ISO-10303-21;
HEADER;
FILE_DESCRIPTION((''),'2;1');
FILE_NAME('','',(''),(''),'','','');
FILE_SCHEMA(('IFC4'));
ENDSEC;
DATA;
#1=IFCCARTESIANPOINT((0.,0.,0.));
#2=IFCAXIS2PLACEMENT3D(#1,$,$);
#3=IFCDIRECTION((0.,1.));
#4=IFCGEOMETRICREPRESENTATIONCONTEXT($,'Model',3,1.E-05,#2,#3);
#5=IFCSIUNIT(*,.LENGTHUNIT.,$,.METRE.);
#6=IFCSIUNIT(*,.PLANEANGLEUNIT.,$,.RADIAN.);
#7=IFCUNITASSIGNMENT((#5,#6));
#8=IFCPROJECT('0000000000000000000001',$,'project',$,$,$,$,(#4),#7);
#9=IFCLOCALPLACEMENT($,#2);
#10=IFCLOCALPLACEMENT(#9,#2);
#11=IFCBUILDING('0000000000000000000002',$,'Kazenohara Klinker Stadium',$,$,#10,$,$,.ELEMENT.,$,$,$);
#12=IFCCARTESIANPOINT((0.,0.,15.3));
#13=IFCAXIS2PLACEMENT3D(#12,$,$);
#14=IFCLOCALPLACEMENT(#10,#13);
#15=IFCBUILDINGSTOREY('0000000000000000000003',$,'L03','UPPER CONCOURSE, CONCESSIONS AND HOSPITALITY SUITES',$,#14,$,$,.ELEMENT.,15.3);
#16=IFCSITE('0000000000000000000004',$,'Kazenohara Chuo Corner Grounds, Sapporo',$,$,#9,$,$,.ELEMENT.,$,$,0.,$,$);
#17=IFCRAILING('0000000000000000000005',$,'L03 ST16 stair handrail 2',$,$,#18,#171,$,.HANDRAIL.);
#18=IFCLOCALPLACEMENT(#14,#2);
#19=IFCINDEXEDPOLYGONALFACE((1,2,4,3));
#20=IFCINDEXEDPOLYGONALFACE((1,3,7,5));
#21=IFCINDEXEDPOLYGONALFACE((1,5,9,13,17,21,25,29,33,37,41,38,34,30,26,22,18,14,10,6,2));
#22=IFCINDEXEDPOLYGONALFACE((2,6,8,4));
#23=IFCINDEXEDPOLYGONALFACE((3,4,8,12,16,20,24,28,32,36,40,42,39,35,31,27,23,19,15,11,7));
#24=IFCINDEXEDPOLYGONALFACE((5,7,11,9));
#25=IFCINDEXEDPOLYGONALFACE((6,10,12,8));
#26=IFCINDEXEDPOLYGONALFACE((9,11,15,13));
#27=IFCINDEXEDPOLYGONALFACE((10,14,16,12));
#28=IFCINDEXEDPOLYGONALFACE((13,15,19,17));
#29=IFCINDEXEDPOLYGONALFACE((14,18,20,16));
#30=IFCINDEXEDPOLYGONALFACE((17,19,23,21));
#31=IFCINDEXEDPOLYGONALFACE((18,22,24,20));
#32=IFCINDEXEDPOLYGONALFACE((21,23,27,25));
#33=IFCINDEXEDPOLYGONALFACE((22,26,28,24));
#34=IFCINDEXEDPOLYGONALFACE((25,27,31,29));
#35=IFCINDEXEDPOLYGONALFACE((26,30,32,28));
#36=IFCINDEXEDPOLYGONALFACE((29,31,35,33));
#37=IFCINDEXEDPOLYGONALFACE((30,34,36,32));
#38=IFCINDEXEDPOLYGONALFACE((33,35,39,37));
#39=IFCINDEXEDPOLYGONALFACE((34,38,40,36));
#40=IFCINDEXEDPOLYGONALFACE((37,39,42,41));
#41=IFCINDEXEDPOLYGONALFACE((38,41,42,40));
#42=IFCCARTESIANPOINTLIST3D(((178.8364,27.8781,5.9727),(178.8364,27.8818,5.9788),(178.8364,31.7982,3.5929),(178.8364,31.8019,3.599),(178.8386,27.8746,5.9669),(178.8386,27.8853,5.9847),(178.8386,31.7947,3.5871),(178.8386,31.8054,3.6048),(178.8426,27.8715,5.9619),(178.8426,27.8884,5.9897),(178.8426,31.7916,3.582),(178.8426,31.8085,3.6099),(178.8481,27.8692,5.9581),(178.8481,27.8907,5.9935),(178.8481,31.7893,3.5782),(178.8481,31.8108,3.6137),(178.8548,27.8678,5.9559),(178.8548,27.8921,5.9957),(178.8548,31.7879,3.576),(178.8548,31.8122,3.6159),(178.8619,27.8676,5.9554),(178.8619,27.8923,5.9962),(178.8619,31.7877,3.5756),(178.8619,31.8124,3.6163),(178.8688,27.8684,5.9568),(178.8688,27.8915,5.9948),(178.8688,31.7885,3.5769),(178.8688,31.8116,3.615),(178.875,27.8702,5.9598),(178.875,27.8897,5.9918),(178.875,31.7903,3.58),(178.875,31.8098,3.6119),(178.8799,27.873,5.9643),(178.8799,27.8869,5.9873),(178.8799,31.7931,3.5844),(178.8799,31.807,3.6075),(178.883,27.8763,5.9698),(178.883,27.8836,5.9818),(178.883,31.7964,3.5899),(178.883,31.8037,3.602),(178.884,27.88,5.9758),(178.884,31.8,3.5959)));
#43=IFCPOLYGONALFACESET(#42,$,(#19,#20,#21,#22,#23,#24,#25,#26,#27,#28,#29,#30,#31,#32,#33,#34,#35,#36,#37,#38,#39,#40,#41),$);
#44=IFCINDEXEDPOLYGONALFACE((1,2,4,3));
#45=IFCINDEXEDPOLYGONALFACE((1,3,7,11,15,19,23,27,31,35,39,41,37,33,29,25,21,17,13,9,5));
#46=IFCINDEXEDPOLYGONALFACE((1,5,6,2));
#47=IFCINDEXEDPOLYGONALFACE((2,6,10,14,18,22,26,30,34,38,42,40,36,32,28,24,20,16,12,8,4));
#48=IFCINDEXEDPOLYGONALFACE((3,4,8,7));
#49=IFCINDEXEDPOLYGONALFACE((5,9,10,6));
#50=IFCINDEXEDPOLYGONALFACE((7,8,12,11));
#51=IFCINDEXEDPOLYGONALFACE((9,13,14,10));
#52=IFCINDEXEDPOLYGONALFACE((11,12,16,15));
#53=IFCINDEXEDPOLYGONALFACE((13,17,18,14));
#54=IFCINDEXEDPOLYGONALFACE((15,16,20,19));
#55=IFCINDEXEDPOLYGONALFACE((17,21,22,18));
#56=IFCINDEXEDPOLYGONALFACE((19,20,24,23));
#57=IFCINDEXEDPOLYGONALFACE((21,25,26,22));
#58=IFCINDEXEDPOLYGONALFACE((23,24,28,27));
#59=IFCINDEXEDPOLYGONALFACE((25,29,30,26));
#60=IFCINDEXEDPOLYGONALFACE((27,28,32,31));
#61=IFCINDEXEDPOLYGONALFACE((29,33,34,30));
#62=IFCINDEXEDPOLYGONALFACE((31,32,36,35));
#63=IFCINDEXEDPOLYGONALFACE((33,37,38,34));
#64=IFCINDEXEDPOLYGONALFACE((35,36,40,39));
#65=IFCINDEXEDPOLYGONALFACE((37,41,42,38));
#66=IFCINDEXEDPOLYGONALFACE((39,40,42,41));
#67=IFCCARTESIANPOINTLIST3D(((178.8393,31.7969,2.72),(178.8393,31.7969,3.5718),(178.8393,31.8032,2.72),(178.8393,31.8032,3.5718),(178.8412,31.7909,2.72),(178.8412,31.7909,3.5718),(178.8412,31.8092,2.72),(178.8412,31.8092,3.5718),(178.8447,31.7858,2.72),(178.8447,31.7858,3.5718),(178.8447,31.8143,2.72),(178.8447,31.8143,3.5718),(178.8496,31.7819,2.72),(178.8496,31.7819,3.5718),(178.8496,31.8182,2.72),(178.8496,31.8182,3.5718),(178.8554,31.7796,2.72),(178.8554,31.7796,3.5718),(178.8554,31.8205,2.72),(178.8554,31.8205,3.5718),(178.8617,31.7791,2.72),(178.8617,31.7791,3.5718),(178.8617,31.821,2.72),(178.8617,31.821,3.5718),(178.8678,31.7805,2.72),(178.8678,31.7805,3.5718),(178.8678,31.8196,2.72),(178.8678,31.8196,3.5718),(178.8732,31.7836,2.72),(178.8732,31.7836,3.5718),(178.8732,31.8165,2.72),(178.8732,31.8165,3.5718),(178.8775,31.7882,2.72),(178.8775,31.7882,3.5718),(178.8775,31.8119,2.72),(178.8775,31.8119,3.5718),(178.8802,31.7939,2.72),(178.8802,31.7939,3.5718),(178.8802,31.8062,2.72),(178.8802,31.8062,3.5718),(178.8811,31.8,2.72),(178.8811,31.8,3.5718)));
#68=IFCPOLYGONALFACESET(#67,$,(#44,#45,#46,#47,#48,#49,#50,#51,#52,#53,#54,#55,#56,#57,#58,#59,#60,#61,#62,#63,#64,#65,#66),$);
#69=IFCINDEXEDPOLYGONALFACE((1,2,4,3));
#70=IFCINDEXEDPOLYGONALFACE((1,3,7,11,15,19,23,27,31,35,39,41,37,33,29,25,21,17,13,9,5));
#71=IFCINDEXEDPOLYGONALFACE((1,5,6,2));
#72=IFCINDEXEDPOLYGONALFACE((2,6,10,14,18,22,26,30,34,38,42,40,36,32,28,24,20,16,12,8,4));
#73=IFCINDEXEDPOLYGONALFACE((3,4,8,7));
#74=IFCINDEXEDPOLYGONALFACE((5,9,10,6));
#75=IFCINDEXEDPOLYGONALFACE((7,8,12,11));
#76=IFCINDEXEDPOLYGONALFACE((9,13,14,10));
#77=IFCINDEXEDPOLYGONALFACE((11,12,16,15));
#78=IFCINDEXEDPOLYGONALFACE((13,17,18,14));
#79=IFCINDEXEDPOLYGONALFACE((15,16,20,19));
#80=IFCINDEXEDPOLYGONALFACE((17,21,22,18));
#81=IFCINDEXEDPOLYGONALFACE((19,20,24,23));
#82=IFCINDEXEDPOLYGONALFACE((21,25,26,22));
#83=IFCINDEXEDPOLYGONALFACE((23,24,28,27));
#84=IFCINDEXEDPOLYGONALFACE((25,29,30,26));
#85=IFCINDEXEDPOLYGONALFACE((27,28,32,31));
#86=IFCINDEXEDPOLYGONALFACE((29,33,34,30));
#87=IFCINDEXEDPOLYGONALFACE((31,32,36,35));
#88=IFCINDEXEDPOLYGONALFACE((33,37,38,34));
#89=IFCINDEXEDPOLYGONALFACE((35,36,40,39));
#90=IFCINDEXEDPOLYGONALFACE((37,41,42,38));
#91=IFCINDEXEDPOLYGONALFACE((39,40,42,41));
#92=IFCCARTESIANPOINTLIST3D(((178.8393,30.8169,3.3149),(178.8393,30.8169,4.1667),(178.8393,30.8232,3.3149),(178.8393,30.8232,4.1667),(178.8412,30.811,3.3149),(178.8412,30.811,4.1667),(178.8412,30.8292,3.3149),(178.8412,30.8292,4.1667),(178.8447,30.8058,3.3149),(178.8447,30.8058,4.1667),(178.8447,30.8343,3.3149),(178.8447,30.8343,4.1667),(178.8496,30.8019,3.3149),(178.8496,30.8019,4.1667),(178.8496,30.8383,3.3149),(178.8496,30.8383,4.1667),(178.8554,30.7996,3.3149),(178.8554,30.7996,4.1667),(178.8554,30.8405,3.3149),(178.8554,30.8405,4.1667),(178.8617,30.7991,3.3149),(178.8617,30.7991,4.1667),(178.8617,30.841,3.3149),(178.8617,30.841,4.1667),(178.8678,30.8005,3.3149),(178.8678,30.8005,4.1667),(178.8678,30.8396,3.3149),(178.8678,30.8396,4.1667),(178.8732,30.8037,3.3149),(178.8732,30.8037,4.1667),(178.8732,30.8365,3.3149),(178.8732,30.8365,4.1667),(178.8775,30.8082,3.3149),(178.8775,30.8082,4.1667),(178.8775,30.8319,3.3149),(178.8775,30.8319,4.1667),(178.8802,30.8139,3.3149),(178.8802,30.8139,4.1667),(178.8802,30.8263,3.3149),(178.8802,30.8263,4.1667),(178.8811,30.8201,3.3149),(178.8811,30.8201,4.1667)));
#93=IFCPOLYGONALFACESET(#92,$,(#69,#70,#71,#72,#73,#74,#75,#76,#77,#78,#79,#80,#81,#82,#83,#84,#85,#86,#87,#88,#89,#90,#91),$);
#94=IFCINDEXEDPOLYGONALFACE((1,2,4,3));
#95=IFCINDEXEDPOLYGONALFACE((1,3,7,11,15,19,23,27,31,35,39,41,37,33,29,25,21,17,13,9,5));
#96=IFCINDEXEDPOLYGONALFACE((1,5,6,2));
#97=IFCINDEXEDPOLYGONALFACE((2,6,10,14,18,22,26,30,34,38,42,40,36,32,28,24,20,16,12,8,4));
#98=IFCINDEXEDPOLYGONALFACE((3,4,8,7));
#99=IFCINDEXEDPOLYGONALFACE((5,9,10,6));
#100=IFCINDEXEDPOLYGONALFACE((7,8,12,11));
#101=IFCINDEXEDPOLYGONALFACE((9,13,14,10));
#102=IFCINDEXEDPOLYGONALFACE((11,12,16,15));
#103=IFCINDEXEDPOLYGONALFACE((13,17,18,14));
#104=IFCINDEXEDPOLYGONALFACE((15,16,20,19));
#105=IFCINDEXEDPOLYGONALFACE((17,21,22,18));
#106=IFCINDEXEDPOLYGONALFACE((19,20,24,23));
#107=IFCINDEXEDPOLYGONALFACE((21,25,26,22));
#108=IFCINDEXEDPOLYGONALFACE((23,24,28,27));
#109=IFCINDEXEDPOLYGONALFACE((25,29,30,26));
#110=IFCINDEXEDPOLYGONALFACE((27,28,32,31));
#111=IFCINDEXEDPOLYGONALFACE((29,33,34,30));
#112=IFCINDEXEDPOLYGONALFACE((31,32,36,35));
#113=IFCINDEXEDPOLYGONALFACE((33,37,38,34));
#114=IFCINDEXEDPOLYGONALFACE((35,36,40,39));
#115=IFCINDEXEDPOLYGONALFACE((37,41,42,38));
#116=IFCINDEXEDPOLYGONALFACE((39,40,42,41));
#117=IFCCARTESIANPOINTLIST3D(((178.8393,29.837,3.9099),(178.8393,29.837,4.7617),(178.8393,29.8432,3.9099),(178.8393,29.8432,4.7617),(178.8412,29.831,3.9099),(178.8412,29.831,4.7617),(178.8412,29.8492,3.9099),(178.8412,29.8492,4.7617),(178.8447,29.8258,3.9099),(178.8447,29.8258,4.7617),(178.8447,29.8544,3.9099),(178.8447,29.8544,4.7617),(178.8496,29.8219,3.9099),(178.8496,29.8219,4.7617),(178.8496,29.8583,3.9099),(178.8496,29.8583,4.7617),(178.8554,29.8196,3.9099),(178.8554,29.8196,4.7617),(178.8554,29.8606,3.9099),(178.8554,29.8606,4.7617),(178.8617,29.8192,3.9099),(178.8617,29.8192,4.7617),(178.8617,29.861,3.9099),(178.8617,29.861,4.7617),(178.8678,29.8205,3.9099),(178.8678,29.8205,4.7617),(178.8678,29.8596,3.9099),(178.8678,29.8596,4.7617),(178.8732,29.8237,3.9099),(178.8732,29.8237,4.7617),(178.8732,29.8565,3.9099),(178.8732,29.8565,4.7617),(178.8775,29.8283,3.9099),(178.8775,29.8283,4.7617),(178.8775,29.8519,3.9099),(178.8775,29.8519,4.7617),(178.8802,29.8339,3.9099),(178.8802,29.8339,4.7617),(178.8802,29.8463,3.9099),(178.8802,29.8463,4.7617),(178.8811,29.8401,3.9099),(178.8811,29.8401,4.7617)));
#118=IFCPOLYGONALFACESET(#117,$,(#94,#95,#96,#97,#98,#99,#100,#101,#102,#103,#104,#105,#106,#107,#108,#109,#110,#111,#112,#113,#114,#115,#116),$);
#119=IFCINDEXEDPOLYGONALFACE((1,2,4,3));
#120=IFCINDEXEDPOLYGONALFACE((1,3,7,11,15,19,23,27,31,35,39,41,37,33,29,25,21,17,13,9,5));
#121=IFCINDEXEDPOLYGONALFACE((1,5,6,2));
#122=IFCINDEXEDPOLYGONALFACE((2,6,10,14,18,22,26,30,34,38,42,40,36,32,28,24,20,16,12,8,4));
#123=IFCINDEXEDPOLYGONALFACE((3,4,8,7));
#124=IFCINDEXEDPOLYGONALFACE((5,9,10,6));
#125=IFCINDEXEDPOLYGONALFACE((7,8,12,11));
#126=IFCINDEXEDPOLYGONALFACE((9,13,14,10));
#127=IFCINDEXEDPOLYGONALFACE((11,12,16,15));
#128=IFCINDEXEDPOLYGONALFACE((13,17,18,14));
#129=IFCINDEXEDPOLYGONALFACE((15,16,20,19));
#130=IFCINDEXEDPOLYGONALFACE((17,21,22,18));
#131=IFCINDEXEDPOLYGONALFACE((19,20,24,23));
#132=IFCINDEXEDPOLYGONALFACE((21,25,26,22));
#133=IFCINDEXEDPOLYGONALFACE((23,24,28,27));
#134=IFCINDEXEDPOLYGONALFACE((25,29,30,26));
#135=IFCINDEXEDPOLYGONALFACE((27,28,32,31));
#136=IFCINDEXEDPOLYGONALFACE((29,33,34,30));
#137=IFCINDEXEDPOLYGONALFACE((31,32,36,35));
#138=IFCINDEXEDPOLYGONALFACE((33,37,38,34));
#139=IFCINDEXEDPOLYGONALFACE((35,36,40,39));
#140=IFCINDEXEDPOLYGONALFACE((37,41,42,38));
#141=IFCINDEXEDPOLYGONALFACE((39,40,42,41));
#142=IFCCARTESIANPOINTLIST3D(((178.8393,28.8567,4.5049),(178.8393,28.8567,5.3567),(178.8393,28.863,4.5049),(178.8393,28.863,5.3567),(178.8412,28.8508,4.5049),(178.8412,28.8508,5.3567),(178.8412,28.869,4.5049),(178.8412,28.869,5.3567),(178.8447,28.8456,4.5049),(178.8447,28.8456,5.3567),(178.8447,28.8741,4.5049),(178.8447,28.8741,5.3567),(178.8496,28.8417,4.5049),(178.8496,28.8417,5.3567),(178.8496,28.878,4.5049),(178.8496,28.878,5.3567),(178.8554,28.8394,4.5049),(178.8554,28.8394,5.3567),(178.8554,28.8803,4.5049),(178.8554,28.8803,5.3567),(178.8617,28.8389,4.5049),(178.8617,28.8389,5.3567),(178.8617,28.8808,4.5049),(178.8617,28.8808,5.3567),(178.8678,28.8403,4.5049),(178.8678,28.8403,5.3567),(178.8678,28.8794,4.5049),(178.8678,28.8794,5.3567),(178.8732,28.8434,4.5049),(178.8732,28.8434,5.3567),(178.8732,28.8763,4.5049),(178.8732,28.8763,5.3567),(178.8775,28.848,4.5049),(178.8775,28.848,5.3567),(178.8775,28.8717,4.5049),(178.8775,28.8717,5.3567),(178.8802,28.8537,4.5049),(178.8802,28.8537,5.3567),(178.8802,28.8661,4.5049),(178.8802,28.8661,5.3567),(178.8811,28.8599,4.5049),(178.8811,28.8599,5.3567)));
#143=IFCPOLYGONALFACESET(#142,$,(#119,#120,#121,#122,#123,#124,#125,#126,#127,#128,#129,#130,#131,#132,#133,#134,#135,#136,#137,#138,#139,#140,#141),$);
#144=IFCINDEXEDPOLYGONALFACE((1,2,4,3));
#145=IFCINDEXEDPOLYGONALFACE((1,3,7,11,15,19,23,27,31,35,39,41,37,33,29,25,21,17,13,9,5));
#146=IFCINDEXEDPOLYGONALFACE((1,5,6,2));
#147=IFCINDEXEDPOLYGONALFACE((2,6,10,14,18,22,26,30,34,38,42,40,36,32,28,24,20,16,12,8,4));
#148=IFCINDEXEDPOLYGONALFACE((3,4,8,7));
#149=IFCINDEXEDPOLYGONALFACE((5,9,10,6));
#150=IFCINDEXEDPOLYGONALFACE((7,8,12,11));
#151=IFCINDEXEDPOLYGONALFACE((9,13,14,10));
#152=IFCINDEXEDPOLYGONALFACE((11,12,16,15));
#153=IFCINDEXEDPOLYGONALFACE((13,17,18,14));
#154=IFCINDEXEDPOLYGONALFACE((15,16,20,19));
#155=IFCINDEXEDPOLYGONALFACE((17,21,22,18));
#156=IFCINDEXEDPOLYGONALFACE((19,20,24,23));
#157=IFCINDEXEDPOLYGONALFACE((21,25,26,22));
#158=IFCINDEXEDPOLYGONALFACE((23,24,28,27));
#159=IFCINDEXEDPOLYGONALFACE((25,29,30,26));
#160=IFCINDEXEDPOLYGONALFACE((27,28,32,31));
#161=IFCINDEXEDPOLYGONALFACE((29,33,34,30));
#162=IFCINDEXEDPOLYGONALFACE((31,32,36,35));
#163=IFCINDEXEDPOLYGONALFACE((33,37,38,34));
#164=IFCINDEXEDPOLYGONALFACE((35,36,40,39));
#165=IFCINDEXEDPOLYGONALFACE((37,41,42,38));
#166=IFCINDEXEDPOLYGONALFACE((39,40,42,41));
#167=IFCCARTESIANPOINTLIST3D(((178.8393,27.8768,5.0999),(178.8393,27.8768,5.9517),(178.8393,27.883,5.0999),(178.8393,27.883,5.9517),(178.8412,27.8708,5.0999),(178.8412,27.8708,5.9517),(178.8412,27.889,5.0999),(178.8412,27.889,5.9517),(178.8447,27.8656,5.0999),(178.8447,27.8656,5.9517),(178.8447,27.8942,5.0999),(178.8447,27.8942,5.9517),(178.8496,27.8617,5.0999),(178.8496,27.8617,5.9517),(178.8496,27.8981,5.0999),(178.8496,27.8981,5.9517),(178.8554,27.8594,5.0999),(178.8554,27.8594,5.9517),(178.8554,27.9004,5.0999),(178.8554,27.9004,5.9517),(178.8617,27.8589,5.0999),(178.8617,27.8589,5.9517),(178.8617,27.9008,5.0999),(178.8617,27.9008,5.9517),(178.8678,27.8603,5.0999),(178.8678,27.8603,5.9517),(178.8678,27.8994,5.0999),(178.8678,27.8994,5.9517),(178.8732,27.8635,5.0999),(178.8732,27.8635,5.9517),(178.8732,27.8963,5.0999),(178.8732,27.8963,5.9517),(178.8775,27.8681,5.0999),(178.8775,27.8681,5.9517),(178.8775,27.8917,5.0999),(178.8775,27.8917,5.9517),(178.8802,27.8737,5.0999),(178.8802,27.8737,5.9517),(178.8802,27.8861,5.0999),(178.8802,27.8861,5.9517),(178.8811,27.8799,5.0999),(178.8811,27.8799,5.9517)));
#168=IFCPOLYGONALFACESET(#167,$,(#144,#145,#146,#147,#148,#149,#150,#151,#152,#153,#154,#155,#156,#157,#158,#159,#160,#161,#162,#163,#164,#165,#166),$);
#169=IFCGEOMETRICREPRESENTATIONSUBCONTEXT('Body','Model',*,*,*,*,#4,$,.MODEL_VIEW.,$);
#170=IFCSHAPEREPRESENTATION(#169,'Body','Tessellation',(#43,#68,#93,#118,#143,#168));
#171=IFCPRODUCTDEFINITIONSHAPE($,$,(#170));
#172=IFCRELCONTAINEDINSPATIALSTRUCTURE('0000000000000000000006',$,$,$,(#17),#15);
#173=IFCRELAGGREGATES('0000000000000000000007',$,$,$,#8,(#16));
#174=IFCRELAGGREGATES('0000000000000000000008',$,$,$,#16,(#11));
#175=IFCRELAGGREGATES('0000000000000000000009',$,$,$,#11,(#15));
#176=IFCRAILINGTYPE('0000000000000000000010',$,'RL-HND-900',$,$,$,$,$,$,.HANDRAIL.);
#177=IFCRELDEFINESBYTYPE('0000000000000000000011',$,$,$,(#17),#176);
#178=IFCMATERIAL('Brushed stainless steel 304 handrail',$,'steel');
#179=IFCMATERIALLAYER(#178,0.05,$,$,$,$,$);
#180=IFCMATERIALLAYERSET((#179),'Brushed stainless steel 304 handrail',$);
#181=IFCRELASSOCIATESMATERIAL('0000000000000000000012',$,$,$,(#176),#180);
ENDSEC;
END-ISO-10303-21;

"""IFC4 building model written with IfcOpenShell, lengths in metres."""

from ifc_helpers import new_model, si_unit, direction, frame, origin, origin_2d, place, context, subcontext, project, spatial, circle, extrude, material, layer, layer_set, type_object, element, save


model = new_model("IFC4")

# Units and contexts
model_context = context("Model", 3, precision=1e-05, world=origin(), true_north=direction((0.0, 1.0)))
body_context = subcontext(model_context, "Body", "Model", "MODEL_VIEW")
ifc_project = project(units=[si_unit("LENGTHUNIT", "METRE"), si_unit("PLANEANGLEUNIT", "RADIAN")], contexts=[model_context])

# Site, building, storey
site_placement = place(None, origin())
site = spatial("IfcSite", under=ifc_project, at=site_placement, Name="Kazenohara Chuo Corner Grounds, Sapporo", CompositionType="ELEMENT", RefElevation=0.0)
building_placement = place(site_placement, origin())
building = spatial("IfcBuilding", under=site, at=building_placement, Name="Kazenohara Klinker Stadium", CompositionType="ELEMENT")
storey_placement = place(building_placement, frame((0.0, 0.0, 15.3)))
storey = spatial("IfcBuildingStorey", under=building, at=storey_placement, Name="L03", Description="UPPER CONCOURSE, CONCESSIONS AND HOSPITALITY SUITES", CompositionType="ELEMENT", Elevation=15.3)

# Railing
ifc_material_1 = material(Name="Brushed stainless steel 304 handrail", Category="steel")
ifc_layer_1 = layer(ifc_material_1, 0.05)
ifc_layer_set_1 = layer_set([ifc_layer_1], Name="Brushed stainless steel 304 handrail")
railing_type_1 = type_object("IfcRailingType", Name="RL-HND-900", PredefinedType="HANDRAIL", material=ifc_layer_set_1)
railing_1_placement = place(storey_placement, frame((178.8601, 31.8, 2.72)))
element("IfcRailing", 1, at=railing_1_placement, inside=storey, type_object=railing_type_1, Name="L03 ST16 stair handrail 2", PredefinedType="HANDRAIL", context=body_context, shape_type="SweptSolid", body=[
    extrude(circle(Radius=0.0239, at=origin_2d()), frame((0.0, 0.0, 0.876), z_axis=(0.0, -0.854809, 0.518943), x_axis=(1.0, 0.0, 0.0)), (0.0, 0.0, 1.0), 4.5859),
    extrude(circle(Radius=0.021, at=origin_2d()), origin(), (0.0, 0.0, 1.0), 0.8518),
    extrude(circle(Radius=0.021, at=origin_2d()), frame((0.0, -0.98, 0.595)), (0.0, 0.0, 1.0), 0.8518),
    extrude(circle(Radius=0.021, at=origin_2d()), frame((0.0, -1.96, 1.1899)), (0.0, 0.0, 1.0), 0.8518),
    extrude(circle(Radius=0.021, at=origin_2d()), frame((0.0, -2.9402, 1.7849)), (0.0, 0.0, 1.0), 0.8518),
    extrude(circle(Radius=0.021, at=origin_2d()), frame((0.0, -3.9202, 2.3799)), (0.0, 0.0, 1.0), 0.8518),
])

save(model, "model.ifc")
